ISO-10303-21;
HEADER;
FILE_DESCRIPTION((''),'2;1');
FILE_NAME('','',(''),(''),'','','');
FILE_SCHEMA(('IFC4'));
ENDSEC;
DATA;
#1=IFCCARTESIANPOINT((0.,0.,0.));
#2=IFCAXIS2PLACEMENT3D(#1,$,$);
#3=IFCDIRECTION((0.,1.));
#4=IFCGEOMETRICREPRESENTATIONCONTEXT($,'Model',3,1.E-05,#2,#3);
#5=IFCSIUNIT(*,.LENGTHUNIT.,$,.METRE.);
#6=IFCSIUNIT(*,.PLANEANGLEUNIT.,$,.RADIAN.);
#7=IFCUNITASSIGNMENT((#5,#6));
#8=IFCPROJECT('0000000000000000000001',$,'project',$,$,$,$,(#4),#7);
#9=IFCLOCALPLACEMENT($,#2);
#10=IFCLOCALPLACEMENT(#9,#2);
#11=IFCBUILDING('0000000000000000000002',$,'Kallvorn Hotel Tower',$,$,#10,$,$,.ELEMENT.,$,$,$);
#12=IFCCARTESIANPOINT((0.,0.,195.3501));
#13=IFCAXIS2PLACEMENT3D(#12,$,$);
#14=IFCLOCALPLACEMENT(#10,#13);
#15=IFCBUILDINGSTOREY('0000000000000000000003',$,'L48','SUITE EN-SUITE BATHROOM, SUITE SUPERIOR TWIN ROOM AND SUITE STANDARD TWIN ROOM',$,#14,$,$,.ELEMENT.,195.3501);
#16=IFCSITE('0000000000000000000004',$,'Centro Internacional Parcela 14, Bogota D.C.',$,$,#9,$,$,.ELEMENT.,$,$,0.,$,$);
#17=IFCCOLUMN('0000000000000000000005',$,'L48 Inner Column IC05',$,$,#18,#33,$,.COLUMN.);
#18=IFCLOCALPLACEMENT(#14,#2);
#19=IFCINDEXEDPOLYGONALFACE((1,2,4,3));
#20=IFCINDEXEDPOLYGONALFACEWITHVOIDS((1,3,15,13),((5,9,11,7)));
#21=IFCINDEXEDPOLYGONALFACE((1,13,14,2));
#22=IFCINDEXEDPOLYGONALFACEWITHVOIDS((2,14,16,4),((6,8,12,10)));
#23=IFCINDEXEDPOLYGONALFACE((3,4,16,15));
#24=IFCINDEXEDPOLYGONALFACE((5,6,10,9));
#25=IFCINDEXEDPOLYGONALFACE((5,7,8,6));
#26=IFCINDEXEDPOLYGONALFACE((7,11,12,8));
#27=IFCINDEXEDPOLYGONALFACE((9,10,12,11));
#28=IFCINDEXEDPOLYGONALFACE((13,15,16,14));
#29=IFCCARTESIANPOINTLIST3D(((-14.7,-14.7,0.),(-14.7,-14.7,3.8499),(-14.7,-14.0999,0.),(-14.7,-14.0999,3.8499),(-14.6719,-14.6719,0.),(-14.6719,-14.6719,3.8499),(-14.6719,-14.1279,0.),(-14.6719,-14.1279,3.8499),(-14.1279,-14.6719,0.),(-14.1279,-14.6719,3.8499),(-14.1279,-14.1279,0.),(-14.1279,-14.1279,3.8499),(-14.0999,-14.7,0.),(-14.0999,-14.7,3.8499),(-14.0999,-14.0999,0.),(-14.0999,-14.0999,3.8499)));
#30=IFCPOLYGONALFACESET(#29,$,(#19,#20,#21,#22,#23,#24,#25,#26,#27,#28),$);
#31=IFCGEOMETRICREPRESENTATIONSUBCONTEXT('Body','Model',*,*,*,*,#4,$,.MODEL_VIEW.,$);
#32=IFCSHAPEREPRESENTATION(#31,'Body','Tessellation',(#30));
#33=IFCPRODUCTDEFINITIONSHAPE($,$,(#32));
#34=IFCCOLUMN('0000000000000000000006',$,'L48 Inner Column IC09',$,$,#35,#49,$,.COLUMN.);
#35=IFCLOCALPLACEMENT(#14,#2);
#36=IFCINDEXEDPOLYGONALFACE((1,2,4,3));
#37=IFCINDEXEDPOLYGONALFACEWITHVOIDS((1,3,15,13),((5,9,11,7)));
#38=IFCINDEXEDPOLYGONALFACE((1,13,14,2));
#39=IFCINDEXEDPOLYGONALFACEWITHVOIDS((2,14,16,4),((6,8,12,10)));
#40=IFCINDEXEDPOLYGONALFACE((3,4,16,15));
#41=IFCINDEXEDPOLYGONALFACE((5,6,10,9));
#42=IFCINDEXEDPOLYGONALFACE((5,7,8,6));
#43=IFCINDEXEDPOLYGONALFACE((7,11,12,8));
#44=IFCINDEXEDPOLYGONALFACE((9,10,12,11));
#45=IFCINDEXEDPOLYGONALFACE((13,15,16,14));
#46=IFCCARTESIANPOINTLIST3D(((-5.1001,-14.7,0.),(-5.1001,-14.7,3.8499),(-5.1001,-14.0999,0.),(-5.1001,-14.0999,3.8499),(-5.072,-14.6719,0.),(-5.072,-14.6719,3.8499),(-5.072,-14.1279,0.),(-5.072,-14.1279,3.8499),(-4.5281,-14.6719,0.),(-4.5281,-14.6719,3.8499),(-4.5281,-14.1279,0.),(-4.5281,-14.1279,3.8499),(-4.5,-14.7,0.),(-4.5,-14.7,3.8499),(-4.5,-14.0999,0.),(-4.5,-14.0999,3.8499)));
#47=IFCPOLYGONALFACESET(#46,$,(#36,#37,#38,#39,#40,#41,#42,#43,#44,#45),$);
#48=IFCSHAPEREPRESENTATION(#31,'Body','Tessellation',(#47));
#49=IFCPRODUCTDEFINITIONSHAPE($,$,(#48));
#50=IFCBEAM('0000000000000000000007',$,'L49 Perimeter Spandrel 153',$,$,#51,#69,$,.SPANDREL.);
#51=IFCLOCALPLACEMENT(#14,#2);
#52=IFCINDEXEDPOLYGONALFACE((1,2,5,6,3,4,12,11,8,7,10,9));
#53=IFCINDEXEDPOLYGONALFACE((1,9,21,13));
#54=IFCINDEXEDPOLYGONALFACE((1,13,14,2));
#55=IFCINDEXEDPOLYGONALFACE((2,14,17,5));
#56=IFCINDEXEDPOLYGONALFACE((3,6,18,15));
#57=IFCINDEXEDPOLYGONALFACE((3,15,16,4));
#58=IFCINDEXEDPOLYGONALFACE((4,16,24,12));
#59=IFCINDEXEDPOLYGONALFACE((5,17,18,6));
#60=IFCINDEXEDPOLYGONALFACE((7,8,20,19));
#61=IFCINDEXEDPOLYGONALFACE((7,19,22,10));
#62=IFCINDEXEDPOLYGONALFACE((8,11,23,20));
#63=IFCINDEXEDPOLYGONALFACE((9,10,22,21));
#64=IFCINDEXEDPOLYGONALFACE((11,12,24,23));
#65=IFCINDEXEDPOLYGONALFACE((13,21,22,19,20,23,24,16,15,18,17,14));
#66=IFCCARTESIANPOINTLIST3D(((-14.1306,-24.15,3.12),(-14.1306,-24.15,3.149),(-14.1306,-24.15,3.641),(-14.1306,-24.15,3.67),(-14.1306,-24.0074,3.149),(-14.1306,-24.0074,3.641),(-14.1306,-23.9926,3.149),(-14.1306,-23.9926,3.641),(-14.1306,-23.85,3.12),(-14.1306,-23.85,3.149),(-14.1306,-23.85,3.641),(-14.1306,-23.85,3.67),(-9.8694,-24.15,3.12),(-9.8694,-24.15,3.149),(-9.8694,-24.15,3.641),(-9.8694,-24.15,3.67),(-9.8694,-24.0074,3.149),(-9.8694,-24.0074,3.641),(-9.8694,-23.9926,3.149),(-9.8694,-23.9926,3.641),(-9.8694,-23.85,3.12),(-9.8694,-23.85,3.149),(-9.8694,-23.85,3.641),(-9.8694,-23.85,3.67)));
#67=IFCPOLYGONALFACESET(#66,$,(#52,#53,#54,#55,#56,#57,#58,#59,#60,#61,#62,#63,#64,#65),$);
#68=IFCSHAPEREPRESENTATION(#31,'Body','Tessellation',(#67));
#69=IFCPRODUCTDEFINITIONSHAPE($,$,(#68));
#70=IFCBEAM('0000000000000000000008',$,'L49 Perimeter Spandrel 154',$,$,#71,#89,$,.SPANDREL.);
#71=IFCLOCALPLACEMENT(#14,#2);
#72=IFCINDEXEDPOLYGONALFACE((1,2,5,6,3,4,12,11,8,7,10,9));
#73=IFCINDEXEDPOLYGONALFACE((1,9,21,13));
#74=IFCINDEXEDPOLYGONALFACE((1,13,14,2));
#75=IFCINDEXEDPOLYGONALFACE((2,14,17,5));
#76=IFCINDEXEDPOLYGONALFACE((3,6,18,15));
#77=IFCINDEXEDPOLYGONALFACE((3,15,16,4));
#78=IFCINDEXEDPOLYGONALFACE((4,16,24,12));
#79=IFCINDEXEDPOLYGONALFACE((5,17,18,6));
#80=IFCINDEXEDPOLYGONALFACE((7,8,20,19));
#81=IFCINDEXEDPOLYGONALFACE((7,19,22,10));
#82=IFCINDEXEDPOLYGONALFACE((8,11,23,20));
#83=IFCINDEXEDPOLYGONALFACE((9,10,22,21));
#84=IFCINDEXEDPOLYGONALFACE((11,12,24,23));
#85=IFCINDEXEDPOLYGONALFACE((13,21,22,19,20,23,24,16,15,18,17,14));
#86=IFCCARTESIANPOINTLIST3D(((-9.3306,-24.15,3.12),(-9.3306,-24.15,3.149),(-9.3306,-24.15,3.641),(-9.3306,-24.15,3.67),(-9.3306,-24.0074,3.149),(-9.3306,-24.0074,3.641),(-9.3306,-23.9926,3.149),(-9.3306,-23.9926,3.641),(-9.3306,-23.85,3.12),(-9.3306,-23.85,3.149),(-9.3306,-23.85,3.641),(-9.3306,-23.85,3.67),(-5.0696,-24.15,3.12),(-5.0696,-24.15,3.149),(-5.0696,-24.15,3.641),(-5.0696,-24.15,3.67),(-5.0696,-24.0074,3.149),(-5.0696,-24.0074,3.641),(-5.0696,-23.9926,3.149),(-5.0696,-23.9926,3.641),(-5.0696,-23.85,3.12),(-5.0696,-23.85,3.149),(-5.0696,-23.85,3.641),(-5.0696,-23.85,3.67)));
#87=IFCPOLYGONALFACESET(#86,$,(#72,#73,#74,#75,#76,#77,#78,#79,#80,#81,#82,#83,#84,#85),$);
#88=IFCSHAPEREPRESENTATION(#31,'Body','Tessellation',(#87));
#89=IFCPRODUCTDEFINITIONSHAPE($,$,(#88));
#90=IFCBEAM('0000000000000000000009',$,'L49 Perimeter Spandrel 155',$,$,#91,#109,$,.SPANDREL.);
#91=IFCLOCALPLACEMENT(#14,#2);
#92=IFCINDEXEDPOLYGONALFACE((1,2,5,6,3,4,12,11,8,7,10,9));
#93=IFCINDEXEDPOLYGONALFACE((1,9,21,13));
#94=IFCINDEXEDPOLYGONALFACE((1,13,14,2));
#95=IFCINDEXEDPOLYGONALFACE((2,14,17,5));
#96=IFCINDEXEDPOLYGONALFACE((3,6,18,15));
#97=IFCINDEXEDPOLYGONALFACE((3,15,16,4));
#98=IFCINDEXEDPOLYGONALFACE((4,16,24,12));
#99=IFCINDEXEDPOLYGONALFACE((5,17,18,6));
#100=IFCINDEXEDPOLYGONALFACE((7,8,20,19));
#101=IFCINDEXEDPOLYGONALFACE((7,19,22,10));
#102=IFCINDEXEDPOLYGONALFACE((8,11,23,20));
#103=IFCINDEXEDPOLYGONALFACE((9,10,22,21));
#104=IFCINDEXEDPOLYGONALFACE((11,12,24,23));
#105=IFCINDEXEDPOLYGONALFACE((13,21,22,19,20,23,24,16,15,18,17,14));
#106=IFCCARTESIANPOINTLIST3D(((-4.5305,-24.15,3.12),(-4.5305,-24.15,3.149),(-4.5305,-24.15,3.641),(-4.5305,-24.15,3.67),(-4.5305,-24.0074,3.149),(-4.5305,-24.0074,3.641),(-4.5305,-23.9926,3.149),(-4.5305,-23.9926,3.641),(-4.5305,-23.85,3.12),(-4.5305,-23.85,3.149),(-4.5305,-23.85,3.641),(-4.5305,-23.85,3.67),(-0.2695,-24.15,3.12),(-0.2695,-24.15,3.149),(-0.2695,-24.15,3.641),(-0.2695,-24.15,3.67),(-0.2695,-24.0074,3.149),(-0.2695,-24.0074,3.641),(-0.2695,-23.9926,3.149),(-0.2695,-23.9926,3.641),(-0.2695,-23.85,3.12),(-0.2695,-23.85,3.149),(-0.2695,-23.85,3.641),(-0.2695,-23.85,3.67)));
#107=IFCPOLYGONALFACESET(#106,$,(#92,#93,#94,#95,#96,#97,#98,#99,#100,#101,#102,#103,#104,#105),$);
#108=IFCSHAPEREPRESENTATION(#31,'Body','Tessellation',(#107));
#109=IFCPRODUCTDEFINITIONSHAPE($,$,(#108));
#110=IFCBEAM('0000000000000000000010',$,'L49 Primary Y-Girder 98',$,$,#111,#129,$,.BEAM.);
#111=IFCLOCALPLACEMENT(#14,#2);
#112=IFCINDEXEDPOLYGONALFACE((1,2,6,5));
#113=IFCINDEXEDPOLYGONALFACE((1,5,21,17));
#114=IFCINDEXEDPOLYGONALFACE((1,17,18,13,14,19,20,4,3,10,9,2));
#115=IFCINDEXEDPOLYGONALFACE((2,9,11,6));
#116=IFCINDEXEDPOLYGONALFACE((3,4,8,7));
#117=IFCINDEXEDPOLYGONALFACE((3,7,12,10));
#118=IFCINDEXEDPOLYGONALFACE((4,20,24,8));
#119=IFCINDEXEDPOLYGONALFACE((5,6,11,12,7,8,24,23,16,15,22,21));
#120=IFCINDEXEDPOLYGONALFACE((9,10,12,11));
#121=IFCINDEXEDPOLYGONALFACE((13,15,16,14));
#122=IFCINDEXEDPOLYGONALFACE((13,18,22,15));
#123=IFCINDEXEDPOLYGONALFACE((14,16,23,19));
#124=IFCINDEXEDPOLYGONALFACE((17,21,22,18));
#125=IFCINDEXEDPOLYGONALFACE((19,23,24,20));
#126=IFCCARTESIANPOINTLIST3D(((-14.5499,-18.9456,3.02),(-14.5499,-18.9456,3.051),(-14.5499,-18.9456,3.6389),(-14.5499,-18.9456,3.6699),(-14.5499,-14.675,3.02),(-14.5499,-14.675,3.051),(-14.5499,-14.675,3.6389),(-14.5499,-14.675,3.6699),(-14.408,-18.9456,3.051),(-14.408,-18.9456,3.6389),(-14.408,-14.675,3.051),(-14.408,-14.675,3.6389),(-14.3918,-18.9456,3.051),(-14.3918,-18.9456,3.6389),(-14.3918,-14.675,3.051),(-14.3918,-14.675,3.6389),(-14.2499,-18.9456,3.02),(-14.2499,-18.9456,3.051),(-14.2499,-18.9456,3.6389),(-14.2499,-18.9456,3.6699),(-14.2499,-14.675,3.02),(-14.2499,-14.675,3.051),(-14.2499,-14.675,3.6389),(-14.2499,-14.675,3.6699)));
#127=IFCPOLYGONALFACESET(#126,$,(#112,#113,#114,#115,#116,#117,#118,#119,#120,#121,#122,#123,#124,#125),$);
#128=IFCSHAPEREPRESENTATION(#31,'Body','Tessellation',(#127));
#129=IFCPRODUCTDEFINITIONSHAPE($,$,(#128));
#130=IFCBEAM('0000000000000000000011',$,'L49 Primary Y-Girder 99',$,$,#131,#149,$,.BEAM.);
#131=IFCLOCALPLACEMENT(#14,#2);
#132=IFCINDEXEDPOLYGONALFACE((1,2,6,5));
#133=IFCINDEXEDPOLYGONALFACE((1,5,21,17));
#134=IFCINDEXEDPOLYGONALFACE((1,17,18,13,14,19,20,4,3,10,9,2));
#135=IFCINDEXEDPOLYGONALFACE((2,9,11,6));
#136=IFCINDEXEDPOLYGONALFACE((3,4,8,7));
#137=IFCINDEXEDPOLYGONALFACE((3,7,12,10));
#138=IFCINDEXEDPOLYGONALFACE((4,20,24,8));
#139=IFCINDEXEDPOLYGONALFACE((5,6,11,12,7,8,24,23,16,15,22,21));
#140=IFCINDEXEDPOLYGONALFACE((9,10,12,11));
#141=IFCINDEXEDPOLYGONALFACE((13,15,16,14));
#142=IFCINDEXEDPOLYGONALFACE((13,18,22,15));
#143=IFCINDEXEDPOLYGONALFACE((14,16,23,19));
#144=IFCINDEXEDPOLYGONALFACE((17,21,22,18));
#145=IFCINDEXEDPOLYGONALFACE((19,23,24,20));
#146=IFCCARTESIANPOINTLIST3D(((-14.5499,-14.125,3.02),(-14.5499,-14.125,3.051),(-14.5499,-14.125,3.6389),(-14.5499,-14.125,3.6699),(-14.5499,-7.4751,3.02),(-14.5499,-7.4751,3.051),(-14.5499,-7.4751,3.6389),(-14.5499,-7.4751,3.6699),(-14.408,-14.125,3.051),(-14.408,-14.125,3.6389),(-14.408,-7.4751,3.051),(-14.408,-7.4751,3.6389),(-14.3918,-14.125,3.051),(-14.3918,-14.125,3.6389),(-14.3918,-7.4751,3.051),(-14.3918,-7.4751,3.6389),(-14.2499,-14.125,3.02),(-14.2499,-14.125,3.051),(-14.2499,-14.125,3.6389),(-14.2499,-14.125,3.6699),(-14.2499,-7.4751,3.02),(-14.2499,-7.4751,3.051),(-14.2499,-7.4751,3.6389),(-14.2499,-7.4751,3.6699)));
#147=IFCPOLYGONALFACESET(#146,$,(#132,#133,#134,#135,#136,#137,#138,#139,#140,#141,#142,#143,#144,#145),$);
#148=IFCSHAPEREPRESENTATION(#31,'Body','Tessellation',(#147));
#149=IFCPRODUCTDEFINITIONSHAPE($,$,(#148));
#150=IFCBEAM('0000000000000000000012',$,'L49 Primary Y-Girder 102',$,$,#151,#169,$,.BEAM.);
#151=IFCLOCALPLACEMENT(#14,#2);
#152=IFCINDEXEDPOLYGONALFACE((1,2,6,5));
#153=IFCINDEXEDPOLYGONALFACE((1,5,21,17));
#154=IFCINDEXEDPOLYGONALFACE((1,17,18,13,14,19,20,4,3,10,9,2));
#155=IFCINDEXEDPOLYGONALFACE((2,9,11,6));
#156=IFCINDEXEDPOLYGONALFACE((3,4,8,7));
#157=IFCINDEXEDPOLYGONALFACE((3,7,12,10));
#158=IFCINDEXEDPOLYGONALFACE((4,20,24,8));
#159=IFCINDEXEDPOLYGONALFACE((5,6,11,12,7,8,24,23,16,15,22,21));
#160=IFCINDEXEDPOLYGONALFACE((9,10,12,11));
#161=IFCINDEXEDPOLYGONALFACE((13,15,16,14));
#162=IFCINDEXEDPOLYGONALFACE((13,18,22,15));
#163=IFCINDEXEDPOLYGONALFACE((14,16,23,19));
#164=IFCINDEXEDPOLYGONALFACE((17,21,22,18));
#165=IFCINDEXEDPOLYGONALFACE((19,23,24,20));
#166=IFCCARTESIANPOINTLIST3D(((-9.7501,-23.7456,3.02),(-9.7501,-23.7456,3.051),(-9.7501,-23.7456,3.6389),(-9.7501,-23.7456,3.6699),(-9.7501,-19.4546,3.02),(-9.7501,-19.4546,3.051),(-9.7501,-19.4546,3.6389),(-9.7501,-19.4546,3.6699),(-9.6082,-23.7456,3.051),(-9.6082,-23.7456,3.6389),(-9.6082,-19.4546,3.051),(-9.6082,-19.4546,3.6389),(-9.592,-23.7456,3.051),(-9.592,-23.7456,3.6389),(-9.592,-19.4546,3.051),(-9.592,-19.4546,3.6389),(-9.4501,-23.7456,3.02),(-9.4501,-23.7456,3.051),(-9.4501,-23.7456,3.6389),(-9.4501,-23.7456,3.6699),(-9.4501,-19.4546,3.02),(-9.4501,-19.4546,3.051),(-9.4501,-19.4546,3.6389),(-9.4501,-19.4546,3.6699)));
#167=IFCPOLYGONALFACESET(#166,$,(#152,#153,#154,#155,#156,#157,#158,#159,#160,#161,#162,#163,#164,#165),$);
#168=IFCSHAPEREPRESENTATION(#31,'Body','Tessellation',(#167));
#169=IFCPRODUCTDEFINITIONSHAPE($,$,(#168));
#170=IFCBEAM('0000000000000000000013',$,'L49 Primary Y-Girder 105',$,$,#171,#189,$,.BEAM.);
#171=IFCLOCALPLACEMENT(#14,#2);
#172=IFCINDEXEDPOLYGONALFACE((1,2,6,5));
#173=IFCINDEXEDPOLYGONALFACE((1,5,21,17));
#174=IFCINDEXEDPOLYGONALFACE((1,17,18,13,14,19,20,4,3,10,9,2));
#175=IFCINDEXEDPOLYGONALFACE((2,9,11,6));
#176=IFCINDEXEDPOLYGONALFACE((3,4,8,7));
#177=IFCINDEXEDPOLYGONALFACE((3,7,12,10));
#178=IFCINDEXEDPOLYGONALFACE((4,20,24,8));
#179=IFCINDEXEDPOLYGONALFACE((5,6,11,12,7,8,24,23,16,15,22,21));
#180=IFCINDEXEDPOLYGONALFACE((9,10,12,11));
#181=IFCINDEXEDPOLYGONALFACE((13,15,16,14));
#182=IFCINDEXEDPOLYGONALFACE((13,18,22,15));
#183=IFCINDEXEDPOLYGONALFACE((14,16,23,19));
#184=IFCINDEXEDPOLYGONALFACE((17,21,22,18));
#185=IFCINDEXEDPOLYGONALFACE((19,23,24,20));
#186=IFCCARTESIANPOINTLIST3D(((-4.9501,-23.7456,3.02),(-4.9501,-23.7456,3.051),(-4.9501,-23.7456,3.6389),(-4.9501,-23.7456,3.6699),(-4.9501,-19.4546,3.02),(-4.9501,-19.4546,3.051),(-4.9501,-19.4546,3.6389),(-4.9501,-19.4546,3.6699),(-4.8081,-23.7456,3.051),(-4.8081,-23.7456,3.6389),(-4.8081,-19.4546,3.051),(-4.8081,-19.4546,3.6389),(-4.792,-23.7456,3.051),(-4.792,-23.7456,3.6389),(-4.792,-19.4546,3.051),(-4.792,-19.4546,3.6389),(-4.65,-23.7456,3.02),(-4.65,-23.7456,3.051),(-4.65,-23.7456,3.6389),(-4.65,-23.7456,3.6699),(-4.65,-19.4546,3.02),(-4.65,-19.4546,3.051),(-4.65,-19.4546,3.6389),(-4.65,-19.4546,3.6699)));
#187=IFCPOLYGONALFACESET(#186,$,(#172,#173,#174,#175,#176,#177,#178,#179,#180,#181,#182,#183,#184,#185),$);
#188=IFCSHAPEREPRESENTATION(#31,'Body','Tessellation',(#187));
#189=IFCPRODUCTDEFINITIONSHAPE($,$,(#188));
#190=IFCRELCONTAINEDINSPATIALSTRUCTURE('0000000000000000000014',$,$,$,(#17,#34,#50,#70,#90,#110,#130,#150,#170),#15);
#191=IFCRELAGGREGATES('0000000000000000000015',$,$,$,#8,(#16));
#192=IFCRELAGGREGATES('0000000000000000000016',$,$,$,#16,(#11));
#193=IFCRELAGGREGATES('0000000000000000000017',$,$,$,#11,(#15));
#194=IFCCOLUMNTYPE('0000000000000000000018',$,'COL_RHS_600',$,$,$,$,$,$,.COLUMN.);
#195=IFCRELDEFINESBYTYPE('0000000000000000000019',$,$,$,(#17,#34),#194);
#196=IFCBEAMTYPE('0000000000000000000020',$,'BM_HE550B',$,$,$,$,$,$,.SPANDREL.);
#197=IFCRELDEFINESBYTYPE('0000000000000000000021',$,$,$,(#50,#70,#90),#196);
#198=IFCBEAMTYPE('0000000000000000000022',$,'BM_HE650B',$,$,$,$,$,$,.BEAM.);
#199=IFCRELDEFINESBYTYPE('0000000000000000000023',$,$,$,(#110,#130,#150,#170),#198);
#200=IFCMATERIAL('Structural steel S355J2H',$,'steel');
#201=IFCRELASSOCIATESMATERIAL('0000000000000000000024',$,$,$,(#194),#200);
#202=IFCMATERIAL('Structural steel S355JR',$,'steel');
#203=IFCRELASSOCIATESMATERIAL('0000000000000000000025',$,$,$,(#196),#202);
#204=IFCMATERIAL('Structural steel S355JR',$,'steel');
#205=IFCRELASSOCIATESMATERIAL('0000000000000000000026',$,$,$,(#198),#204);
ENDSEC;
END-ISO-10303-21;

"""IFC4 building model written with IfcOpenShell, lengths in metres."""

from ifc_helpers import new_model, si_unit, direction, frame, origin, origin_2d, place, context, subcontext, project, spatial, hollow_rectangle, i_section, extrude, material, material_profile, profile_set, type_object, element, save


model = new_model("IFC4")

# Units and contexts
model_context = context("Model", 3, precision=1e-05, world=origin(), true_north=direction((0.0, 1.0)))
body_context = subcontext(model_context, "Body", "Model", "MODEL_VIEW")
ifc_project = project(units=[si_unit("LENGTHUNIT", "METRE"), si_unit("PLANEANGLEUNIT", "RADIAN")], contexts=[model_context])

# Site, building, storey
site_placement = place(None, origin())
site = spatial("IfcSite", under=ifc_project, at=site_placement, Name="Centro Internacional Parcela 14, Bogota D.C.", CompositionType="ELEMENT", RefElevation=0.0)
building_placement = place(site_placement, origin())
building = spatial("IfcBuilding", under=site, at=building_placement, Name="Kallvorn Hotel Tower", CompositionType="ELEMENT")
storey_placement = place(building_placement, frame((0.0, 0.0, 195.3501)))
storey = spatial("IfcBuildingStorey", under=building, at=storey_placement, Name="L48", Description="SUITE EN-SUITE BATHROOM, SUITE SUPERIOR TWIN ROOM AND SUITE STANDARD TWIN ROOM", CompositionType="ELEMENT", Elevation=195.3501)

# Columns
ifc_material_1 = material(Name="Structural steel S355J2H", Category="steel")
ifc_material_profile_1 = material_profile(ifc_material_1, hollow_rectangle(XDim=0.6001, YDim=0.6001, WallThickness=0.0281, at=origin_2d()), Name="RHS 600x600x28")
ifc_profile_set_1 = profile_set([ifc_material_profile_1], Name="Structural steel S355J2H")
column_type_1 = type_object("IfcColumnType", Name="COL_RHS_600", PredefinedType="COLUMN", material=ifc_profile_set_1)
for number, where, z_axis, x_axis, name in (
    (1, (-14.3999, -14.3999, 0.0), (0.0, 0.0, 1.0), (1.0, 0.0, 0.0), "L48 Inner Column IC05"),
    (2, (-4.8, -14.3999, 0.0), (0.0, 0.0, 1.0), (1.0, 0.0, 0.0), "L48 Inner Column IC09"),
):
    element("IfcColumn", number, at=place(storey_placement, frame(where, z_axis=z_axis, x_axis=x_axis)), inside=storey, type_object=column_type_1, Name=name, PredefinedType="COLUMN", context=body_context, shape_type="SweptSolid", body=[
        extrude(hollow_rectangle(XDim=0.6001, YDim=0.6001, WallThickness=0.0281, at=origin_2d()), origin(), (0.0, 0.0, 1.0), 3.8499),
    ])

# Beams
ifc_material_2 = material(Name="Structural steel S355JR", Category="steel")
ifc_material_profile_2 = material_profile(ifc_material_2, i_section(OverallWidth=0.3, OverallDepth=0.55, WebThickness=0.0149, FlangeThickness=0.0291, at=origin_2d()), Name="HE 550 B")
ifc_profile_set_2 = profile_set([ifc_material_profile_2], Name="Structural steel S355JR")
beam_type_1 = type_object("IfcBeamType", Name="BM_HE550B", PredefinedType="SPANDREL", material=ifc_profile_set_2)
beam_1_placement = place(storey_placement, frame((-14.1306, -24.0, 3.395), z_axis=(1.0, 0.0, 0.0), x_axis=(0.0, 1.0, 0.0)))
element("IfcBeam", 3, at=beam_1_placement, inside=storey, type_object=beam_type_1, Name="L49 Perimeter Spandrel 153", PredefinedType="SPANDREL", context=body_context, shape_type="SweptSolid", body=[
    extrude(i_section(OverallWidth=0.3, OverallDepth=0.55, WebThickness=0.0149, FlangeThickness=0.0291, at=origin_2d()), origin(), (0.0, 0.0, 1.0), 4.2612),
])
for number, where, z_axis, x_axis, name in (
    (4, (-9.3306, -24.0, 3.395), (1.0, 0.0, 0.0), (0.0, 1.0, 0.0), "L49 Perimeter Spandrel 154"),
    (5, (-4.5305, -24.0, 3.395), (1.0, 0.0, 0.0), (0.0, 1.0, 0.0), "L49 Perimeter Spandrel 155"),
):
    element("IfcBeam", number, at=place(storey_placement, frame(where, z_axis=z_axis, x_axis=x_axis)), inside=storey, type_object=beam_type_1, Name=name, PredefinedType="SPANDREL", context=body_context, shape_type="SweptSolid", body=[
        extrude(i_section(OverallWidth=0.3, OverallDepth=0.55, WebThickness=0.0149, FlangeThickness=0.0291, at=origin_2d()), origin(), (0.0, 0.0, 1.0), 4.261),
    ])
ifc_material_3 = material(Name="Structural steel S355JR", Category="steel")
ifc_material_profile_3 = material_profile(ifc_material_3, i_section(OverallWidth=0.3, OverallDepth=0.6499, WebThickness=0.0161, FlangeThickness=0.031, at=origin_2d()), Name="HE 650 B")
ifc_profile_set_3 = profile_set([ifc_material_profile_3], Name="Structural steel S355JR")
beam_type_2 = type_object("IfcBeamType", Name="BM_HE650B", PredefinedType="BEAM", material=ifc_profile_set_3)
beam_2_placement = place(storey_placement, frame((-14.3999, -18.9456, 3.345), z_axis=(0.0, 1.0, 0.0), x_axis=(-1.0, 0.0, 0.0)))
element("IfcBeam", 6, at=beam_2_placement, inside=storey, type_object=beam_type_2, Name="L49 Primary Y-Girder 98", PredefinedType="BEAM", context=body_context, shape_type="SweptSolid", body=[
    extrude(i_section(OverallWidth=0.3, OverallDepth=0.6499, WebThickness=0.0161, FlangeThickness=0.031, at=origin_2d()), origin(), (0.0, 0.0, 1.0), 4.2705),
])
beam_3_placement = place(storey_placement, frame((-14.3999, -14.125, 3.345), z_axis=(0.0, 1.0, 0.0), x_axis=(-1.0, 0.0, 0.0)))
element("IfcBeam", 7, at=beam_3_placement, inside=storey, type_object=beam_type_2, Name="L49 Primary Y-Girder 99", PredefinedType="BEAM", context=body_context, shape_type="SweptSolid", body=[
    extrude(i_section(OverallWidth=0.3, OverallDepth=0.6499, WebThickness=0.0161, FlangeThickness=0.031, at=origin_2d()), origin(), (0.0, 0.0, 1.0), 6.6499),
])
for number, where, z_axis, x_axis, name in (
    (8, (-9.6001, -23.7456, 3.345), (0.0, 1.0, 0.0), (-1.0, 0.0, 0.0), "L49 Primary Y-Girder 102"),
    (9, (-4.8, -23.7456, 3.345), (0.0, 1.0, 0.0), (-1.0, 0.0, 0.0), "L49 Primary Y-Girder 105"),
):
    element("IfcBeam", number, at=place(storey_placement, frame(where, z_axis=z_axis, x_axis=x_axis)), inside=storey, type_object=beam_type_2, Name=name, PredefinedType="BEAM", context=body_context, shape_type="SweptSolid", body=[
        extrude(i_section(OverallWidth=0.3, OverallDepth=0.6499, WebThickness=0.0161, FlangeThickness=0.031, at=origin_2d()), origin(), (0.0, 0.0, 1.0), 4.291),
    ])

save(model, "model.ifc")
